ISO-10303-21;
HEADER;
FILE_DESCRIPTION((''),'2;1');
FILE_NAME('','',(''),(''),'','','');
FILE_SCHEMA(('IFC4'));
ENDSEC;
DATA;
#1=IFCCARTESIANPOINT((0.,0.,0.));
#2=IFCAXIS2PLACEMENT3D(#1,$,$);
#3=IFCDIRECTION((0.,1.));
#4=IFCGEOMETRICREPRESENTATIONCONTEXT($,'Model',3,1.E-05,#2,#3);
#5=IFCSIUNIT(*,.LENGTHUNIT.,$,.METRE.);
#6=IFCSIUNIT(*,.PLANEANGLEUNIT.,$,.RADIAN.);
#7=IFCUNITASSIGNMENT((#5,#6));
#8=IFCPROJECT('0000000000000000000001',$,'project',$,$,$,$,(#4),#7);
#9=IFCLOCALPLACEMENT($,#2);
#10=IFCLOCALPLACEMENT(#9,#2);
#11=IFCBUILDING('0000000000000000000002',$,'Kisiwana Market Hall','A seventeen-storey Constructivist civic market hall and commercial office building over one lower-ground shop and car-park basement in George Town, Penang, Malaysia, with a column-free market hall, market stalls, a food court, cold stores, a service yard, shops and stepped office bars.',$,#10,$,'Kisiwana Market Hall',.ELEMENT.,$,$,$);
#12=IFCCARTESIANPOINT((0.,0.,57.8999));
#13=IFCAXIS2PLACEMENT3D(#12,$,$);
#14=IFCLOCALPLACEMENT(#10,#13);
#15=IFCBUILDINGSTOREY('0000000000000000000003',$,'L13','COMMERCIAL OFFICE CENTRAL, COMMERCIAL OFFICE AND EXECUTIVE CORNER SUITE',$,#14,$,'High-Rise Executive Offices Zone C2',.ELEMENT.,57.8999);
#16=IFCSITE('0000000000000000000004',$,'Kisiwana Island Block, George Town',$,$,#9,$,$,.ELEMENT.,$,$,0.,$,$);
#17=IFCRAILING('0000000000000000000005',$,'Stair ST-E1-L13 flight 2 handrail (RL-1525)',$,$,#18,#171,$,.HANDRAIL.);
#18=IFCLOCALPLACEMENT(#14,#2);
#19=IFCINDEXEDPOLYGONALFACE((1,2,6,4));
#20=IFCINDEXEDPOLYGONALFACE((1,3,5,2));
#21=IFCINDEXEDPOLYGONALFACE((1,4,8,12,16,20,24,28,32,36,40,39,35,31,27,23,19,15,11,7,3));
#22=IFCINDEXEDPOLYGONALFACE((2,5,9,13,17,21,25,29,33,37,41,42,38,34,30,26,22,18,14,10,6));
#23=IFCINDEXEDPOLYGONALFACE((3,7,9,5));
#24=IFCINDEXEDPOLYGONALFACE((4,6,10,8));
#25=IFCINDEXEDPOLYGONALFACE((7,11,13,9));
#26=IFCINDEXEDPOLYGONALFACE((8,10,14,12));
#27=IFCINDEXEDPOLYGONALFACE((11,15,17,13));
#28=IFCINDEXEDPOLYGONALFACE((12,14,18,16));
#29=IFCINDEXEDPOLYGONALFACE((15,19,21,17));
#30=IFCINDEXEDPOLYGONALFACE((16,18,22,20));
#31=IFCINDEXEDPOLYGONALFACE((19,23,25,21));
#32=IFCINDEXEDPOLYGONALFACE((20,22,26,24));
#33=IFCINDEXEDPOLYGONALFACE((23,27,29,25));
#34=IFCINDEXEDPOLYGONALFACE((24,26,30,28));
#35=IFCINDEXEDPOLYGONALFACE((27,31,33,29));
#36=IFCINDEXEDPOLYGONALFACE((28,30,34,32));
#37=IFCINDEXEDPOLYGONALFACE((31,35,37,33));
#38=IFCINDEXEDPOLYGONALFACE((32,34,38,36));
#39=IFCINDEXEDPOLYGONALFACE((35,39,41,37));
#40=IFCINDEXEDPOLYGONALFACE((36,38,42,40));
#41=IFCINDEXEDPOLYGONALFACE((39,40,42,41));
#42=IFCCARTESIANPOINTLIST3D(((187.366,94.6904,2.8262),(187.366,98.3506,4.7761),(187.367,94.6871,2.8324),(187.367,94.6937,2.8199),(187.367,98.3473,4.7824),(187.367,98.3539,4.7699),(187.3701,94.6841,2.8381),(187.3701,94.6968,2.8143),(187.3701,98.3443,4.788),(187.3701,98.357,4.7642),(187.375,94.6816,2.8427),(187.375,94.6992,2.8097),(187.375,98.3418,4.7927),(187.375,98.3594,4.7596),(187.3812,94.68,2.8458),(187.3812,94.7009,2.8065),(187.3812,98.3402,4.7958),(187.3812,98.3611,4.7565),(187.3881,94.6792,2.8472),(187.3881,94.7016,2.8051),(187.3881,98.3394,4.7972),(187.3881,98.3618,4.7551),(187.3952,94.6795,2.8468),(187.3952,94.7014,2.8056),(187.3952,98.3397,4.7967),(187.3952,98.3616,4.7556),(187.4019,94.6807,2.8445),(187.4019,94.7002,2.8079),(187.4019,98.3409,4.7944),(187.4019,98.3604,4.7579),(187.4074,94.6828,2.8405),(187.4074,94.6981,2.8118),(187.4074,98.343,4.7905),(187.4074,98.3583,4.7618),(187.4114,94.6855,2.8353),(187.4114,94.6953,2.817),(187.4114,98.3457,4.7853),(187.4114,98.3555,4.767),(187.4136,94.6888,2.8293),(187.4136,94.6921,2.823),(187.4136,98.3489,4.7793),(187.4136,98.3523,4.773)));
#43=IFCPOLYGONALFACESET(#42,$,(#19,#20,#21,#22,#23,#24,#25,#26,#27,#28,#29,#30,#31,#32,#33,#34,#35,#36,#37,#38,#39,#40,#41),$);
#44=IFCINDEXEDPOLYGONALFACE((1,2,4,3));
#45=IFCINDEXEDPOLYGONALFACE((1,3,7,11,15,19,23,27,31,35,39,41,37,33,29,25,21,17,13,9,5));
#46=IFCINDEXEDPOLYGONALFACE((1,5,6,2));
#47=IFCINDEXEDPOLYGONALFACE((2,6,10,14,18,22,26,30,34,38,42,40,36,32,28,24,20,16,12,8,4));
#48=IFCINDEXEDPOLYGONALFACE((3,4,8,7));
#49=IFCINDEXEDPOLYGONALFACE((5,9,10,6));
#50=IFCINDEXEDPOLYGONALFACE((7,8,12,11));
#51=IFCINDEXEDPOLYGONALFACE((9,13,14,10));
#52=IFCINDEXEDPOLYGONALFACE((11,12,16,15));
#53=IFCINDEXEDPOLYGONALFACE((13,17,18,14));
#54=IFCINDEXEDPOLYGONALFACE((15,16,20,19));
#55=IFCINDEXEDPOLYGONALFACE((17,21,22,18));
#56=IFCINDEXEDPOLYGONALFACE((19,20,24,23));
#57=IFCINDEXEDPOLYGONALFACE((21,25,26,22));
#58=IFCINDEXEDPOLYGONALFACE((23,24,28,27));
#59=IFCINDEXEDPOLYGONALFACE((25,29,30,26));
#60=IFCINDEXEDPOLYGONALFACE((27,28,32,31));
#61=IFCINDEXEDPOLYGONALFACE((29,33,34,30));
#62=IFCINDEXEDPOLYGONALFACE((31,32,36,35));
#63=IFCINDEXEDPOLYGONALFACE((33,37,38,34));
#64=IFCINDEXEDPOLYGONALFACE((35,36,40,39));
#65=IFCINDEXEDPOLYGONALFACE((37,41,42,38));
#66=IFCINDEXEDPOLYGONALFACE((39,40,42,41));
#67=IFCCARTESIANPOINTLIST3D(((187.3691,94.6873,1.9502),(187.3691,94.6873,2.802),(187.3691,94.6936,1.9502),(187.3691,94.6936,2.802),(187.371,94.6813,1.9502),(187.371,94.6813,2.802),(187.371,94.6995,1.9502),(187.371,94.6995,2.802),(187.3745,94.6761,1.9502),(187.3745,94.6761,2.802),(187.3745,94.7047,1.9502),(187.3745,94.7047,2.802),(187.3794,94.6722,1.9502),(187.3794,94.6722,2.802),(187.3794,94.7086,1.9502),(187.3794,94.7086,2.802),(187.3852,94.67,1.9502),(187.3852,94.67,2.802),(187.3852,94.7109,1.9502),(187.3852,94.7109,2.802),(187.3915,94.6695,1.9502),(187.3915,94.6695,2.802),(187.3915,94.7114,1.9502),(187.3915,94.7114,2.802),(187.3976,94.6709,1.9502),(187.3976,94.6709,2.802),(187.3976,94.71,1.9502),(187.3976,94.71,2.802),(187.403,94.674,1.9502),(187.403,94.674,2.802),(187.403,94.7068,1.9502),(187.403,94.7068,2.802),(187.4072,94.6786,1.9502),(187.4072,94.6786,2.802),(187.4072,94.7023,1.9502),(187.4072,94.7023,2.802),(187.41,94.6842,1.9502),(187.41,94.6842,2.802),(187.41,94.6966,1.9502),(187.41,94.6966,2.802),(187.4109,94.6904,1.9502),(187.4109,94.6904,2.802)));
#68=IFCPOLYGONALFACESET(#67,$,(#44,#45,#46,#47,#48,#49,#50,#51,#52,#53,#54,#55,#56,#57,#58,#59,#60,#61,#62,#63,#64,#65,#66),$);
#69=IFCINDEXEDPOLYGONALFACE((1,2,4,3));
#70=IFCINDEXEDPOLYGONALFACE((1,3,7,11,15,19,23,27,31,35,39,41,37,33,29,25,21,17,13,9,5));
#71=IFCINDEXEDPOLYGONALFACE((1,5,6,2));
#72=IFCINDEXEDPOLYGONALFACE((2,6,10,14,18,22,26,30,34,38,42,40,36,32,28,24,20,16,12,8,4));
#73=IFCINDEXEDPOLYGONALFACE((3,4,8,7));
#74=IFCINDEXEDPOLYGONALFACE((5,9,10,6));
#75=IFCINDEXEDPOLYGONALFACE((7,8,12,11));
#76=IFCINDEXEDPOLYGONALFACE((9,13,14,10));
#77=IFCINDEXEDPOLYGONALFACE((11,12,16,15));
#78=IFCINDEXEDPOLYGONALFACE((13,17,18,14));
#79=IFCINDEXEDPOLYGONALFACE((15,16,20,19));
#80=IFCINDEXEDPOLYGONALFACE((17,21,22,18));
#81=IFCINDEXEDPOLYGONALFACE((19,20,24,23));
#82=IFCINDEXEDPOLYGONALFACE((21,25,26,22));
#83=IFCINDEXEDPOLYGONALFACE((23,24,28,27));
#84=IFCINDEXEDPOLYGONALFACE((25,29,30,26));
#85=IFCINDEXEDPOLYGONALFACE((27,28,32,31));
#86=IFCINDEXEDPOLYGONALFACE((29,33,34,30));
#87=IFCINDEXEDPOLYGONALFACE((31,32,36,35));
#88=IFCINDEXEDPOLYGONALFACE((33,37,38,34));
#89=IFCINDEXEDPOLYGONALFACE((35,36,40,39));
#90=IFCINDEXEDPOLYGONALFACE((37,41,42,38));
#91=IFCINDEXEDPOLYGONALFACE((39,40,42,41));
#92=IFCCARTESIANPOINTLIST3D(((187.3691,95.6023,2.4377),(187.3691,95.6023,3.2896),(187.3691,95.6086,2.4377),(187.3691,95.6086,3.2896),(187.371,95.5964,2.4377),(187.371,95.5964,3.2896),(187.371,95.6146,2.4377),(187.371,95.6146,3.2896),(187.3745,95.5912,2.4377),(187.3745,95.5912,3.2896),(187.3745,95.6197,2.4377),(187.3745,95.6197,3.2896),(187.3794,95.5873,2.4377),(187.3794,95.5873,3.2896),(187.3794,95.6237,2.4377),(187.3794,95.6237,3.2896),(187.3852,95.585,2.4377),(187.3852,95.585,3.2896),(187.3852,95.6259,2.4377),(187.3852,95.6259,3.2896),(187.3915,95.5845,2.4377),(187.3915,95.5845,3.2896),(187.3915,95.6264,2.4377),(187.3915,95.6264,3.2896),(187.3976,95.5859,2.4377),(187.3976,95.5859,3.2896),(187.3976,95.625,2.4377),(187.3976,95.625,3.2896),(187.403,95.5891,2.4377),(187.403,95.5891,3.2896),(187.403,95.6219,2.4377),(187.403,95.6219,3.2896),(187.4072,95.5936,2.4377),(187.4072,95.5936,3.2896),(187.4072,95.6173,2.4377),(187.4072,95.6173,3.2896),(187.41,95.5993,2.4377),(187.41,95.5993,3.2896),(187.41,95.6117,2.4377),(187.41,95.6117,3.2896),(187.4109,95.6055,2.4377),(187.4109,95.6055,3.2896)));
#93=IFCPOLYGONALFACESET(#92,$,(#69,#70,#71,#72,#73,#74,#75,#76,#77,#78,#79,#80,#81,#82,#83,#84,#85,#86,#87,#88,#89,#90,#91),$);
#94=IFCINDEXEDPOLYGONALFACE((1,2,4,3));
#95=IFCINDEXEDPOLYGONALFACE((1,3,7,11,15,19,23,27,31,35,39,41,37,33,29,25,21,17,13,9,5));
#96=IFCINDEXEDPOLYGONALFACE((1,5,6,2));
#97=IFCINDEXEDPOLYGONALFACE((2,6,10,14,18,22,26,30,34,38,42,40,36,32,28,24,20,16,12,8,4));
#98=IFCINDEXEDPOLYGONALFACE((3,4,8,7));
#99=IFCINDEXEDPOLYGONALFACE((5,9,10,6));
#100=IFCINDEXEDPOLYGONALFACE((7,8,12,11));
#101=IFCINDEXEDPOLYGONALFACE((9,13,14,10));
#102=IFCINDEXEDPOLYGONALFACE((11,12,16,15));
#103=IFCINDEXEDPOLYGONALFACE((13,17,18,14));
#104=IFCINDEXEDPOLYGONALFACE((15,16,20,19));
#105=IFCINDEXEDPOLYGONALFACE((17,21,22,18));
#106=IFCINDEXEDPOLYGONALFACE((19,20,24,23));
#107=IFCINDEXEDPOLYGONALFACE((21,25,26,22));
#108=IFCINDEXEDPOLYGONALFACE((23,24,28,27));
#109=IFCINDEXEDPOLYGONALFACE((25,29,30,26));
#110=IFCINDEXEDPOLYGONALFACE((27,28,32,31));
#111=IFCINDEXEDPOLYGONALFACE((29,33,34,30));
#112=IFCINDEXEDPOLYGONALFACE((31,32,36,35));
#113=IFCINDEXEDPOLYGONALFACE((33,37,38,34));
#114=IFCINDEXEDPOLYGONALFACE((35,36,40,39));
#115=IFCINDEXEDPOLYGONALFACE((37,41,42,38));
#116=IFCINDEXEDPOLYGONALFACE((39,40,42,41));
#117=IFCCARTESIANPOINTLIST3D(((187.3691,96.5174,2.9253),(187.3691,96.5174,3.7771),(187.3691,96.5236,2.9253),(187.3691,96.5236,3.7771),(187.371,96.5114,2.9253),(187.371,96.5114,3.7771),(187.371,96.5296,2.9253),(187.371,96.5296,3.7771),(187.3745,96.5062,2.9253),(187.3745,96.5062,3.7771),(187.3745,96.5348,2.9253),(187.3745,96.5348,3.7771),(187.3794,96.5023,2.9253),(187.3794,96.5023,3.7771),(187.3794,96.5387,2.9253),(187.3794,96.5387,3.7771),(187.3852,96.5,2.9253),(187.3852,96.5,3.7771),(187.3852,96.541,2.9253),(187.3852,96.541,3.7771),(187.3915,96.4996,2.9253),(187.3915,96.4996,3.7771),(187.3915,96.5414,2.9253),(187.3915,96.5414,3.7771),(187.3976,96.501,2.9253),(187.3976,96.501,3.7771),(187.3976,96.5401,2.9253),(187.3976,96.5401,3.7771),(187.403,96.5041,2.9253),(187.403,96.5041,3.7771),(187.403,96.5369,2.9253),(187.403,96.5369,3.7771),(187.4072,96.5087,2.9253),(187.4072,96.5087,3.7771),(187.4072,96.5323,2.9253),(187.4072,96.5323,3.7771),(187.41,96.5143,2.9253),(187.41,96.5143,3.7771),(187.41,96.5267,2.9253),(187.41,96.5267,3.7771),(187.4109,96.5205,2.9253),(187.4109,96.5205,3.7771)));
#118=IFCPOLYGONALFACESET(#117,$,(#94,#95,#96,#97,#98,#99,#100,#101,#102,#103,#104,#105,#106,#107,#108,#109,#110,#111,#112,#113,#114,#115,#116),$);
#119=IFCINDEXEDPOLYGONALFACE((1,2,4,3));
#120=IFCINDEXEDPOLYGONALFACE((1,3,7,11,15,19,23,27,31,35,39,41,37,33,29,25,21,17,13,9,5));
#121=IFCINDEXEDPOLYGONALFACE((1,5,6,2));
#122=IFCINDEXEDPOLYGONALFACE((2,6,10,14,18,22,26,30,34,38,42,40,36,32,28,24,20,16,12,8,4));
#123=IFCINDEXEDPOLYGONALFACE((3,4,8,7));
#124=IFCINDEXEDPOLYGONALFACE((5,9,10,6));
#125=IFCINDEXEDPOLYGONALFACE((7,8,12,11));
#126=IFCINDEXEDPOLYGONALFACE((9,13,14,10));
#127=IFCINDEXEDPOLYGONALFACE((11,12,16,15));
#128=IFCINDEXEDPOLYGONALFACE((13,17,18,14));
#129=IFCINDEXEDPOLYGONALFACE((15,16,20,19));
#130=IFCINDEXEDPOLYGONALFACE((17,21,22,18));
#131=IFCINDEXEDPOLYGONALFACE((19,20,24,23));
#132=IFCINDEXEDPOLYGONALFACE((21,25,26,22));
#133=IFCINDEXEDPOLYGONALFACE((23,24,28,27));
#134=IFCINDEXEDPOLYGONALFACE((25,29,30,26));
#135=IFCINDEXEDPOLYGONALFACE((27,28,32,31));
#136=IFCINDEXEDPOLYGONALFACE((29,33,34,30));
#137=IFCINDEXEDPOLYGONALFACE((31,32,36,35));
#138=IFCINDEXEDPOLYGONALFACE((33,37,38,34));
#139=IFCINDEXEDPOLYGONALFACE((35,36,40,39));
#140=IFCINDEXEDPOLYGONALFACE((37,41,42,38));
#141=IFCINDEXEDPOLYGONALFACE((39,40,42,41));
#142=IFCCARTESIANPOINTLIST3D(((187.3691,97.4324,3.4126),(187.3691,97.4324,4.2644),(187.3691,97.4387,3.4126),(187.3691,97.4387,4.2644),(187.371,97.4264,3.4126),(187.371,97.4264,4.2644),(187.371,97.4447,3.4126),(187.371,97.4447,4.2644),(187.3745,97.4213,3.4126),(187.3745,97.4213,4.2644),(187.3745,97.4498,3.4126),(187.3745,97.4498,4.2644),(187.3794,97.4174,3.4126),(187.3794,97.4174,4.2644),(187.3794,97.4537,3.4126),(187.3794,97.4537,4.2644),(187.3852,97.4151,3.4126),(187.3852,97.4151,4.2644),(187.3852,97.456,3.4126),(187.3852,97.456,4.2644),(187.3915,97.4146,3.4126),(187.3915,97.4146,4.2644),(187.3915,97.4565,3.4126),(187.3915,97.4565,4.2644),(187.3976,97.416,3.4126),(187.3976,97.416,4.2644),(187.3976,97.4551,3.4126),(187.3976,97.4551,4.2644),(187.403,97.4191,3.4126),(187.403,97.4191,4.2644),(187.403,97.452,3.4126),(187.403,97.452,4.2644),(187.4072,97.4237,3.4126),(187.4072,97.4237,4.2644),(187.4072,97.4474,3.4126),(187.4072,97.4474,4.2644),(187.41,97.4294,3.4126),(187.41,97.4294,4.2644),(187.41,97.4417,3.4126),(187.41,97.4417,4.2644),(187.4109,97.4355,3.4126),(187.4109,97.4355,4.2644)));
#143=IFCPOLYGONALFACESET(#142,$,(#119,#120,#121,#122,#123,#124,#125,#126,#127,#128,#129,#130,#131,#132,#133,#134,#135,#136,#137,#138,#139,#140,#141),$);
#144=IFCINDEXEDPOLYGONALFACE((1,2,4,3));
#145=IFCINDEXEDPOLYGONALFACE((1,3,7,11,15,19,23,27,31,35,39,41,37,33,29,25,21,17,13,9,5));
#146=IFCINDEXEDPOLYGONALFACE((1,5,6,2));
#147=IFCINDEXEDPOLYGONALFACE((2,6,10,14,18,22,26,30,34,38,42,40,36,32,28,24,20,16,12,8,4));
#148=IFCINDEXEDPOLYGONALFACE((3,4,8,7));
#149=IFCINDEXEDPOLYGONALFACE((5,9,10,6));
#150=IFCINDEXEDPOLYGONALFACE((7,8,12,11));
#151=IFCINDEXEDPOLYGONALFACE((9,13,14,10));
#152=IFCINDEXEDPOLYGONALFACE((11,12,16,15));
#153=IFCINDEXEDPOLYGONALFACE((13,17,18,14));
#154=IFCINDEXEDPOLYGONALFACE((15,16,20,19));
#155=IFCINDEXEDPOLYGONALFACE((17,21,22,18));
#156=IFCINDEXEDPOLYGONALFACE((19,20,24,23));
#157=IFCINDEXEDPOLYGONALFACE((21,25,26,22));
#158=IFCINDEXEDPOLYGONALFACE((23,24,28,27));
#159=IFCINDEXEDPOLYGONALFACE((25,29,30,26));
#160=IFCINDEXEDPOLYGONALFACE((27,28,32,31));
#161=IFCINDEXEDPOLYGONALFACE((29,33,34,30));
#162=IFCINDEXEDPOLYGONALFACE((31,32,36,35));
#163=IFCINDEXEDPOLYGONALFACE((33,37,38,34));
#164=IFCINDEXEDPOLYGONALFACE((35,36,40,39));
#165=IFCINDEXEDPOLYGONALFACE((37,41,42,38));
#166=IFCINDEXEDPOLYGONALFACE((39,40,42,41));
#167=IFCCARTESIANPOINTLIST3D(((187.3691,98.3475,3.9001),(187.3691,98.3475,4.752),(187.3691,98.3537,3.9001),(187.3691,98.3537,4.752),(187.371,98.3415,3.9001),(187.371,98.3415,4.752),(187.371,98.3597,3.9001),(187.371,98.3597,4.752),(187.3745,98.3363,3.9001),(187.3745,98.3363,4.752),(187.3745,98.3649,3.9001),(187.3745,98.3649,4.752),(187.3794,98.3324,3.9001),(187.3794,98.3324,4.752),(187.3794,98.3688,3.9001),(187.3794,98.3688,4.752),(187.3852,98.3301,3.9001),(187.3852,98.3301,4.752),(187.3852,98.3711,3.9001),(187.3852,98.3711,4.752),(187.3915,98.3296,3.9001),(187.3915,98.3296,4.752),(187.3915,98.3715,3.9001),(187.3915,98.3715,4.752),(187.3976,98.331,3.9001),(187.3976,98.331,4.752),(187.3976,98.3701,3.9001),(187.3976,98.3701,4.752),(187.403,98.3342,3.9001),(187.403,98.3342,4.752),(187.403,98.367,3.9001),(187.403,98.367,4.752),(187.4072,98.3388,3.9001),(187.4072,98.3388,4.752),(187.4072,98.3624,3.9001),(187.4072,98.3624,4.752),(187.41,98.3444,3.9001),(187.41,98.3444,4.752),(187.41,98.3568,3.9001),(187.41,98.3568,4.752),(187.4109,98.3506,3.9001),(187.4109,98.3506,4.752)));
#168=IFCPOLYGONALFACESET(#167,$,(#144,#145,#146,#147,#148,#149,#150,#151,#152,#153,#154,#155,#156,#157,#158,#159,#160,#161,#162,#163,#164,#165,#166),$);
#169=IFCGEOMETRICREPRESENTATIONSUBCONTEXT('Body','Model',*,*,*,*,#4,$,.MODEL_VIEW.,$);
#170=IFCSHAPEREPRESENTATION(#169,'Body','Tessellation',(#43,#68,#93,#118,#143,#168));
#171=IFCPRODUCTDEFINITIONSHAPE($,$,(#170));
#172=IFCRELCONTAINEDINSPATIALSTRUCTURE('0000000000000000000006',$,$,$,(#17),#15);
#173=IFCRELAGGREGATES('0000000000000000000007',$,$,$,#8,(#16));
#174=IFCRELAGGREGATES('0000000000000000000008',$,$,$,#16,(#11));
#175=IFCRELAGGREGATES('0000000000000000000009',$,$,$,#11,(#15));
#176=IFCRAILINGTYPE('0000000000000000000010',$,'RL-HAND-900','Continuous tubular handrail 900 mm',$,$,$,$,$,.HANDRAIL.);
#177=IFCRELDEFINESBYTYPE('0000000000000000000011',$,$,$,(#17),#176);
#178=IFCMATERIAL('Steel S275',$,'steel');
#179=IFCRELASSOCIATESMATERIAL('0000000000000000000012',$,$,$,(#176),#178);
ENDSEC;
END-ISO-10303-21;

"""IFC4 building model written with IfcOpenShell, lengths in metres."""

from ifc_helpers import new_model, si_unit, direction, frame, origin, origin_2d, place, context, subcontext, project, spatial, circle, extrude, material, type_object, element, save


model = new_model("IFC4")

# Units and contexts
model_context = context("Model", 3, precision=1e-05, world=origin(), true_north=direction((0.0, 1.0)))
body_context = subcontext(model_context, "Body", "Model", "MODEL_VIEW")
ifc_project = project(units=[si_unit("LENGTHUNIT", "METRE"), si_unit("PLANEANGLEUNIT", "RADIAN")], contexts=[model_context])

# Site, building, storey
site_placement = place(None, origin())
site = spatial("IfcSite", under=ifc_project, at=site_placement, Name="Kisiwana Island Block, George Town", CompositionType="ELEMENT", RefElevation=0.0)
building_placement = place(site_placement, origin())
building = spatial("IfcBuilding", under=site, at=building_placement, Name="Kisiwana Market Hall", Description="A seventeen-storey Constructivist civic market hall and commercial office building over one lower-ground shop and car-park basement in George Town, Penang, Malaysia, with a column-free market hall, market stalls, a food court, cold stores, a service yard, shops and stepped office bars.", LongName="Kisiwana Market Hall", CompositionType="ELEMENT")
storey_placement = place(building_placement, frame((0.0, 0.0, 57.8999)))
storey = spatial("IfcBuildingStorey", under=building, at=storey_placement, Name="L13", Description="COMMERCIAL OFFICE CENTRAL, COMMERCIAL OFFICE AND EXECUTIVE CORNER SUITE", LongName="High-Rise Executive Offices Zone C2", CompositionType="ELEMENT", Elevation=57.8999)

# Railing
ifc_material_1 = material(Name="Steel S275", Category="steel")
railing_type_1 = type_object("IfcRailingType", Name="RL-HAND-900", Description="Continuous tubular handrail 900 mm", PredefinedType="HANDRAIL", material=ifc_material_1)
railing_1_placement = place(storey_placement, frame((187.3899, 94.6904, 1.9502)))
element("IfcRailing", 1, at=railing_1_placement, inside=storey, type_object=railing_type_1, Name="Stair ST-E1-L13 flight 2 handrail (RL-1525)", PredefinedType="HANDRAIL", context=body_context, shape_type="SweptSolid", body=[
    extrude(circle(Radius=0.0239, at=origin_2d()), frame((0.0, 0.0, 0.876), z_axis=(0.0, 0.882566, 0.470188), x_axis=(-1.0, 0.0, 0.0)), (0.0, 0.0, 1.0), 4.1472),
    extrude(circle(Radius=0.021, at=origin_2d()), origin(), (0.0, 0.0, 1.0), 0.8518),
    extrude(circle(Radius=0.021, at=origin_2d()), frame((0.0, 0.915, 0.4875)), (0.0, 0.0, 1.0), 0.8518),
    extrude(circle(Radius=0.021, at=origin_2d()), frame((0.0, 1.8301, 0.9751)), (0.0, 0.0, 1.0), 0.8518),
    extrude(circle(Radius=0.021, at=origin_2d()), frame((0.0, 2.7451, 1.4624)), (0.0, 0.0, 1.0), 0.8518),
    extrude(circle(Radius=0.021, at=origin_2d()), frame((0.0, 3.6602, 1.95)), (0.0, 0.0, 1.0), 0.8518),
])

save(model, "model.ifc")
